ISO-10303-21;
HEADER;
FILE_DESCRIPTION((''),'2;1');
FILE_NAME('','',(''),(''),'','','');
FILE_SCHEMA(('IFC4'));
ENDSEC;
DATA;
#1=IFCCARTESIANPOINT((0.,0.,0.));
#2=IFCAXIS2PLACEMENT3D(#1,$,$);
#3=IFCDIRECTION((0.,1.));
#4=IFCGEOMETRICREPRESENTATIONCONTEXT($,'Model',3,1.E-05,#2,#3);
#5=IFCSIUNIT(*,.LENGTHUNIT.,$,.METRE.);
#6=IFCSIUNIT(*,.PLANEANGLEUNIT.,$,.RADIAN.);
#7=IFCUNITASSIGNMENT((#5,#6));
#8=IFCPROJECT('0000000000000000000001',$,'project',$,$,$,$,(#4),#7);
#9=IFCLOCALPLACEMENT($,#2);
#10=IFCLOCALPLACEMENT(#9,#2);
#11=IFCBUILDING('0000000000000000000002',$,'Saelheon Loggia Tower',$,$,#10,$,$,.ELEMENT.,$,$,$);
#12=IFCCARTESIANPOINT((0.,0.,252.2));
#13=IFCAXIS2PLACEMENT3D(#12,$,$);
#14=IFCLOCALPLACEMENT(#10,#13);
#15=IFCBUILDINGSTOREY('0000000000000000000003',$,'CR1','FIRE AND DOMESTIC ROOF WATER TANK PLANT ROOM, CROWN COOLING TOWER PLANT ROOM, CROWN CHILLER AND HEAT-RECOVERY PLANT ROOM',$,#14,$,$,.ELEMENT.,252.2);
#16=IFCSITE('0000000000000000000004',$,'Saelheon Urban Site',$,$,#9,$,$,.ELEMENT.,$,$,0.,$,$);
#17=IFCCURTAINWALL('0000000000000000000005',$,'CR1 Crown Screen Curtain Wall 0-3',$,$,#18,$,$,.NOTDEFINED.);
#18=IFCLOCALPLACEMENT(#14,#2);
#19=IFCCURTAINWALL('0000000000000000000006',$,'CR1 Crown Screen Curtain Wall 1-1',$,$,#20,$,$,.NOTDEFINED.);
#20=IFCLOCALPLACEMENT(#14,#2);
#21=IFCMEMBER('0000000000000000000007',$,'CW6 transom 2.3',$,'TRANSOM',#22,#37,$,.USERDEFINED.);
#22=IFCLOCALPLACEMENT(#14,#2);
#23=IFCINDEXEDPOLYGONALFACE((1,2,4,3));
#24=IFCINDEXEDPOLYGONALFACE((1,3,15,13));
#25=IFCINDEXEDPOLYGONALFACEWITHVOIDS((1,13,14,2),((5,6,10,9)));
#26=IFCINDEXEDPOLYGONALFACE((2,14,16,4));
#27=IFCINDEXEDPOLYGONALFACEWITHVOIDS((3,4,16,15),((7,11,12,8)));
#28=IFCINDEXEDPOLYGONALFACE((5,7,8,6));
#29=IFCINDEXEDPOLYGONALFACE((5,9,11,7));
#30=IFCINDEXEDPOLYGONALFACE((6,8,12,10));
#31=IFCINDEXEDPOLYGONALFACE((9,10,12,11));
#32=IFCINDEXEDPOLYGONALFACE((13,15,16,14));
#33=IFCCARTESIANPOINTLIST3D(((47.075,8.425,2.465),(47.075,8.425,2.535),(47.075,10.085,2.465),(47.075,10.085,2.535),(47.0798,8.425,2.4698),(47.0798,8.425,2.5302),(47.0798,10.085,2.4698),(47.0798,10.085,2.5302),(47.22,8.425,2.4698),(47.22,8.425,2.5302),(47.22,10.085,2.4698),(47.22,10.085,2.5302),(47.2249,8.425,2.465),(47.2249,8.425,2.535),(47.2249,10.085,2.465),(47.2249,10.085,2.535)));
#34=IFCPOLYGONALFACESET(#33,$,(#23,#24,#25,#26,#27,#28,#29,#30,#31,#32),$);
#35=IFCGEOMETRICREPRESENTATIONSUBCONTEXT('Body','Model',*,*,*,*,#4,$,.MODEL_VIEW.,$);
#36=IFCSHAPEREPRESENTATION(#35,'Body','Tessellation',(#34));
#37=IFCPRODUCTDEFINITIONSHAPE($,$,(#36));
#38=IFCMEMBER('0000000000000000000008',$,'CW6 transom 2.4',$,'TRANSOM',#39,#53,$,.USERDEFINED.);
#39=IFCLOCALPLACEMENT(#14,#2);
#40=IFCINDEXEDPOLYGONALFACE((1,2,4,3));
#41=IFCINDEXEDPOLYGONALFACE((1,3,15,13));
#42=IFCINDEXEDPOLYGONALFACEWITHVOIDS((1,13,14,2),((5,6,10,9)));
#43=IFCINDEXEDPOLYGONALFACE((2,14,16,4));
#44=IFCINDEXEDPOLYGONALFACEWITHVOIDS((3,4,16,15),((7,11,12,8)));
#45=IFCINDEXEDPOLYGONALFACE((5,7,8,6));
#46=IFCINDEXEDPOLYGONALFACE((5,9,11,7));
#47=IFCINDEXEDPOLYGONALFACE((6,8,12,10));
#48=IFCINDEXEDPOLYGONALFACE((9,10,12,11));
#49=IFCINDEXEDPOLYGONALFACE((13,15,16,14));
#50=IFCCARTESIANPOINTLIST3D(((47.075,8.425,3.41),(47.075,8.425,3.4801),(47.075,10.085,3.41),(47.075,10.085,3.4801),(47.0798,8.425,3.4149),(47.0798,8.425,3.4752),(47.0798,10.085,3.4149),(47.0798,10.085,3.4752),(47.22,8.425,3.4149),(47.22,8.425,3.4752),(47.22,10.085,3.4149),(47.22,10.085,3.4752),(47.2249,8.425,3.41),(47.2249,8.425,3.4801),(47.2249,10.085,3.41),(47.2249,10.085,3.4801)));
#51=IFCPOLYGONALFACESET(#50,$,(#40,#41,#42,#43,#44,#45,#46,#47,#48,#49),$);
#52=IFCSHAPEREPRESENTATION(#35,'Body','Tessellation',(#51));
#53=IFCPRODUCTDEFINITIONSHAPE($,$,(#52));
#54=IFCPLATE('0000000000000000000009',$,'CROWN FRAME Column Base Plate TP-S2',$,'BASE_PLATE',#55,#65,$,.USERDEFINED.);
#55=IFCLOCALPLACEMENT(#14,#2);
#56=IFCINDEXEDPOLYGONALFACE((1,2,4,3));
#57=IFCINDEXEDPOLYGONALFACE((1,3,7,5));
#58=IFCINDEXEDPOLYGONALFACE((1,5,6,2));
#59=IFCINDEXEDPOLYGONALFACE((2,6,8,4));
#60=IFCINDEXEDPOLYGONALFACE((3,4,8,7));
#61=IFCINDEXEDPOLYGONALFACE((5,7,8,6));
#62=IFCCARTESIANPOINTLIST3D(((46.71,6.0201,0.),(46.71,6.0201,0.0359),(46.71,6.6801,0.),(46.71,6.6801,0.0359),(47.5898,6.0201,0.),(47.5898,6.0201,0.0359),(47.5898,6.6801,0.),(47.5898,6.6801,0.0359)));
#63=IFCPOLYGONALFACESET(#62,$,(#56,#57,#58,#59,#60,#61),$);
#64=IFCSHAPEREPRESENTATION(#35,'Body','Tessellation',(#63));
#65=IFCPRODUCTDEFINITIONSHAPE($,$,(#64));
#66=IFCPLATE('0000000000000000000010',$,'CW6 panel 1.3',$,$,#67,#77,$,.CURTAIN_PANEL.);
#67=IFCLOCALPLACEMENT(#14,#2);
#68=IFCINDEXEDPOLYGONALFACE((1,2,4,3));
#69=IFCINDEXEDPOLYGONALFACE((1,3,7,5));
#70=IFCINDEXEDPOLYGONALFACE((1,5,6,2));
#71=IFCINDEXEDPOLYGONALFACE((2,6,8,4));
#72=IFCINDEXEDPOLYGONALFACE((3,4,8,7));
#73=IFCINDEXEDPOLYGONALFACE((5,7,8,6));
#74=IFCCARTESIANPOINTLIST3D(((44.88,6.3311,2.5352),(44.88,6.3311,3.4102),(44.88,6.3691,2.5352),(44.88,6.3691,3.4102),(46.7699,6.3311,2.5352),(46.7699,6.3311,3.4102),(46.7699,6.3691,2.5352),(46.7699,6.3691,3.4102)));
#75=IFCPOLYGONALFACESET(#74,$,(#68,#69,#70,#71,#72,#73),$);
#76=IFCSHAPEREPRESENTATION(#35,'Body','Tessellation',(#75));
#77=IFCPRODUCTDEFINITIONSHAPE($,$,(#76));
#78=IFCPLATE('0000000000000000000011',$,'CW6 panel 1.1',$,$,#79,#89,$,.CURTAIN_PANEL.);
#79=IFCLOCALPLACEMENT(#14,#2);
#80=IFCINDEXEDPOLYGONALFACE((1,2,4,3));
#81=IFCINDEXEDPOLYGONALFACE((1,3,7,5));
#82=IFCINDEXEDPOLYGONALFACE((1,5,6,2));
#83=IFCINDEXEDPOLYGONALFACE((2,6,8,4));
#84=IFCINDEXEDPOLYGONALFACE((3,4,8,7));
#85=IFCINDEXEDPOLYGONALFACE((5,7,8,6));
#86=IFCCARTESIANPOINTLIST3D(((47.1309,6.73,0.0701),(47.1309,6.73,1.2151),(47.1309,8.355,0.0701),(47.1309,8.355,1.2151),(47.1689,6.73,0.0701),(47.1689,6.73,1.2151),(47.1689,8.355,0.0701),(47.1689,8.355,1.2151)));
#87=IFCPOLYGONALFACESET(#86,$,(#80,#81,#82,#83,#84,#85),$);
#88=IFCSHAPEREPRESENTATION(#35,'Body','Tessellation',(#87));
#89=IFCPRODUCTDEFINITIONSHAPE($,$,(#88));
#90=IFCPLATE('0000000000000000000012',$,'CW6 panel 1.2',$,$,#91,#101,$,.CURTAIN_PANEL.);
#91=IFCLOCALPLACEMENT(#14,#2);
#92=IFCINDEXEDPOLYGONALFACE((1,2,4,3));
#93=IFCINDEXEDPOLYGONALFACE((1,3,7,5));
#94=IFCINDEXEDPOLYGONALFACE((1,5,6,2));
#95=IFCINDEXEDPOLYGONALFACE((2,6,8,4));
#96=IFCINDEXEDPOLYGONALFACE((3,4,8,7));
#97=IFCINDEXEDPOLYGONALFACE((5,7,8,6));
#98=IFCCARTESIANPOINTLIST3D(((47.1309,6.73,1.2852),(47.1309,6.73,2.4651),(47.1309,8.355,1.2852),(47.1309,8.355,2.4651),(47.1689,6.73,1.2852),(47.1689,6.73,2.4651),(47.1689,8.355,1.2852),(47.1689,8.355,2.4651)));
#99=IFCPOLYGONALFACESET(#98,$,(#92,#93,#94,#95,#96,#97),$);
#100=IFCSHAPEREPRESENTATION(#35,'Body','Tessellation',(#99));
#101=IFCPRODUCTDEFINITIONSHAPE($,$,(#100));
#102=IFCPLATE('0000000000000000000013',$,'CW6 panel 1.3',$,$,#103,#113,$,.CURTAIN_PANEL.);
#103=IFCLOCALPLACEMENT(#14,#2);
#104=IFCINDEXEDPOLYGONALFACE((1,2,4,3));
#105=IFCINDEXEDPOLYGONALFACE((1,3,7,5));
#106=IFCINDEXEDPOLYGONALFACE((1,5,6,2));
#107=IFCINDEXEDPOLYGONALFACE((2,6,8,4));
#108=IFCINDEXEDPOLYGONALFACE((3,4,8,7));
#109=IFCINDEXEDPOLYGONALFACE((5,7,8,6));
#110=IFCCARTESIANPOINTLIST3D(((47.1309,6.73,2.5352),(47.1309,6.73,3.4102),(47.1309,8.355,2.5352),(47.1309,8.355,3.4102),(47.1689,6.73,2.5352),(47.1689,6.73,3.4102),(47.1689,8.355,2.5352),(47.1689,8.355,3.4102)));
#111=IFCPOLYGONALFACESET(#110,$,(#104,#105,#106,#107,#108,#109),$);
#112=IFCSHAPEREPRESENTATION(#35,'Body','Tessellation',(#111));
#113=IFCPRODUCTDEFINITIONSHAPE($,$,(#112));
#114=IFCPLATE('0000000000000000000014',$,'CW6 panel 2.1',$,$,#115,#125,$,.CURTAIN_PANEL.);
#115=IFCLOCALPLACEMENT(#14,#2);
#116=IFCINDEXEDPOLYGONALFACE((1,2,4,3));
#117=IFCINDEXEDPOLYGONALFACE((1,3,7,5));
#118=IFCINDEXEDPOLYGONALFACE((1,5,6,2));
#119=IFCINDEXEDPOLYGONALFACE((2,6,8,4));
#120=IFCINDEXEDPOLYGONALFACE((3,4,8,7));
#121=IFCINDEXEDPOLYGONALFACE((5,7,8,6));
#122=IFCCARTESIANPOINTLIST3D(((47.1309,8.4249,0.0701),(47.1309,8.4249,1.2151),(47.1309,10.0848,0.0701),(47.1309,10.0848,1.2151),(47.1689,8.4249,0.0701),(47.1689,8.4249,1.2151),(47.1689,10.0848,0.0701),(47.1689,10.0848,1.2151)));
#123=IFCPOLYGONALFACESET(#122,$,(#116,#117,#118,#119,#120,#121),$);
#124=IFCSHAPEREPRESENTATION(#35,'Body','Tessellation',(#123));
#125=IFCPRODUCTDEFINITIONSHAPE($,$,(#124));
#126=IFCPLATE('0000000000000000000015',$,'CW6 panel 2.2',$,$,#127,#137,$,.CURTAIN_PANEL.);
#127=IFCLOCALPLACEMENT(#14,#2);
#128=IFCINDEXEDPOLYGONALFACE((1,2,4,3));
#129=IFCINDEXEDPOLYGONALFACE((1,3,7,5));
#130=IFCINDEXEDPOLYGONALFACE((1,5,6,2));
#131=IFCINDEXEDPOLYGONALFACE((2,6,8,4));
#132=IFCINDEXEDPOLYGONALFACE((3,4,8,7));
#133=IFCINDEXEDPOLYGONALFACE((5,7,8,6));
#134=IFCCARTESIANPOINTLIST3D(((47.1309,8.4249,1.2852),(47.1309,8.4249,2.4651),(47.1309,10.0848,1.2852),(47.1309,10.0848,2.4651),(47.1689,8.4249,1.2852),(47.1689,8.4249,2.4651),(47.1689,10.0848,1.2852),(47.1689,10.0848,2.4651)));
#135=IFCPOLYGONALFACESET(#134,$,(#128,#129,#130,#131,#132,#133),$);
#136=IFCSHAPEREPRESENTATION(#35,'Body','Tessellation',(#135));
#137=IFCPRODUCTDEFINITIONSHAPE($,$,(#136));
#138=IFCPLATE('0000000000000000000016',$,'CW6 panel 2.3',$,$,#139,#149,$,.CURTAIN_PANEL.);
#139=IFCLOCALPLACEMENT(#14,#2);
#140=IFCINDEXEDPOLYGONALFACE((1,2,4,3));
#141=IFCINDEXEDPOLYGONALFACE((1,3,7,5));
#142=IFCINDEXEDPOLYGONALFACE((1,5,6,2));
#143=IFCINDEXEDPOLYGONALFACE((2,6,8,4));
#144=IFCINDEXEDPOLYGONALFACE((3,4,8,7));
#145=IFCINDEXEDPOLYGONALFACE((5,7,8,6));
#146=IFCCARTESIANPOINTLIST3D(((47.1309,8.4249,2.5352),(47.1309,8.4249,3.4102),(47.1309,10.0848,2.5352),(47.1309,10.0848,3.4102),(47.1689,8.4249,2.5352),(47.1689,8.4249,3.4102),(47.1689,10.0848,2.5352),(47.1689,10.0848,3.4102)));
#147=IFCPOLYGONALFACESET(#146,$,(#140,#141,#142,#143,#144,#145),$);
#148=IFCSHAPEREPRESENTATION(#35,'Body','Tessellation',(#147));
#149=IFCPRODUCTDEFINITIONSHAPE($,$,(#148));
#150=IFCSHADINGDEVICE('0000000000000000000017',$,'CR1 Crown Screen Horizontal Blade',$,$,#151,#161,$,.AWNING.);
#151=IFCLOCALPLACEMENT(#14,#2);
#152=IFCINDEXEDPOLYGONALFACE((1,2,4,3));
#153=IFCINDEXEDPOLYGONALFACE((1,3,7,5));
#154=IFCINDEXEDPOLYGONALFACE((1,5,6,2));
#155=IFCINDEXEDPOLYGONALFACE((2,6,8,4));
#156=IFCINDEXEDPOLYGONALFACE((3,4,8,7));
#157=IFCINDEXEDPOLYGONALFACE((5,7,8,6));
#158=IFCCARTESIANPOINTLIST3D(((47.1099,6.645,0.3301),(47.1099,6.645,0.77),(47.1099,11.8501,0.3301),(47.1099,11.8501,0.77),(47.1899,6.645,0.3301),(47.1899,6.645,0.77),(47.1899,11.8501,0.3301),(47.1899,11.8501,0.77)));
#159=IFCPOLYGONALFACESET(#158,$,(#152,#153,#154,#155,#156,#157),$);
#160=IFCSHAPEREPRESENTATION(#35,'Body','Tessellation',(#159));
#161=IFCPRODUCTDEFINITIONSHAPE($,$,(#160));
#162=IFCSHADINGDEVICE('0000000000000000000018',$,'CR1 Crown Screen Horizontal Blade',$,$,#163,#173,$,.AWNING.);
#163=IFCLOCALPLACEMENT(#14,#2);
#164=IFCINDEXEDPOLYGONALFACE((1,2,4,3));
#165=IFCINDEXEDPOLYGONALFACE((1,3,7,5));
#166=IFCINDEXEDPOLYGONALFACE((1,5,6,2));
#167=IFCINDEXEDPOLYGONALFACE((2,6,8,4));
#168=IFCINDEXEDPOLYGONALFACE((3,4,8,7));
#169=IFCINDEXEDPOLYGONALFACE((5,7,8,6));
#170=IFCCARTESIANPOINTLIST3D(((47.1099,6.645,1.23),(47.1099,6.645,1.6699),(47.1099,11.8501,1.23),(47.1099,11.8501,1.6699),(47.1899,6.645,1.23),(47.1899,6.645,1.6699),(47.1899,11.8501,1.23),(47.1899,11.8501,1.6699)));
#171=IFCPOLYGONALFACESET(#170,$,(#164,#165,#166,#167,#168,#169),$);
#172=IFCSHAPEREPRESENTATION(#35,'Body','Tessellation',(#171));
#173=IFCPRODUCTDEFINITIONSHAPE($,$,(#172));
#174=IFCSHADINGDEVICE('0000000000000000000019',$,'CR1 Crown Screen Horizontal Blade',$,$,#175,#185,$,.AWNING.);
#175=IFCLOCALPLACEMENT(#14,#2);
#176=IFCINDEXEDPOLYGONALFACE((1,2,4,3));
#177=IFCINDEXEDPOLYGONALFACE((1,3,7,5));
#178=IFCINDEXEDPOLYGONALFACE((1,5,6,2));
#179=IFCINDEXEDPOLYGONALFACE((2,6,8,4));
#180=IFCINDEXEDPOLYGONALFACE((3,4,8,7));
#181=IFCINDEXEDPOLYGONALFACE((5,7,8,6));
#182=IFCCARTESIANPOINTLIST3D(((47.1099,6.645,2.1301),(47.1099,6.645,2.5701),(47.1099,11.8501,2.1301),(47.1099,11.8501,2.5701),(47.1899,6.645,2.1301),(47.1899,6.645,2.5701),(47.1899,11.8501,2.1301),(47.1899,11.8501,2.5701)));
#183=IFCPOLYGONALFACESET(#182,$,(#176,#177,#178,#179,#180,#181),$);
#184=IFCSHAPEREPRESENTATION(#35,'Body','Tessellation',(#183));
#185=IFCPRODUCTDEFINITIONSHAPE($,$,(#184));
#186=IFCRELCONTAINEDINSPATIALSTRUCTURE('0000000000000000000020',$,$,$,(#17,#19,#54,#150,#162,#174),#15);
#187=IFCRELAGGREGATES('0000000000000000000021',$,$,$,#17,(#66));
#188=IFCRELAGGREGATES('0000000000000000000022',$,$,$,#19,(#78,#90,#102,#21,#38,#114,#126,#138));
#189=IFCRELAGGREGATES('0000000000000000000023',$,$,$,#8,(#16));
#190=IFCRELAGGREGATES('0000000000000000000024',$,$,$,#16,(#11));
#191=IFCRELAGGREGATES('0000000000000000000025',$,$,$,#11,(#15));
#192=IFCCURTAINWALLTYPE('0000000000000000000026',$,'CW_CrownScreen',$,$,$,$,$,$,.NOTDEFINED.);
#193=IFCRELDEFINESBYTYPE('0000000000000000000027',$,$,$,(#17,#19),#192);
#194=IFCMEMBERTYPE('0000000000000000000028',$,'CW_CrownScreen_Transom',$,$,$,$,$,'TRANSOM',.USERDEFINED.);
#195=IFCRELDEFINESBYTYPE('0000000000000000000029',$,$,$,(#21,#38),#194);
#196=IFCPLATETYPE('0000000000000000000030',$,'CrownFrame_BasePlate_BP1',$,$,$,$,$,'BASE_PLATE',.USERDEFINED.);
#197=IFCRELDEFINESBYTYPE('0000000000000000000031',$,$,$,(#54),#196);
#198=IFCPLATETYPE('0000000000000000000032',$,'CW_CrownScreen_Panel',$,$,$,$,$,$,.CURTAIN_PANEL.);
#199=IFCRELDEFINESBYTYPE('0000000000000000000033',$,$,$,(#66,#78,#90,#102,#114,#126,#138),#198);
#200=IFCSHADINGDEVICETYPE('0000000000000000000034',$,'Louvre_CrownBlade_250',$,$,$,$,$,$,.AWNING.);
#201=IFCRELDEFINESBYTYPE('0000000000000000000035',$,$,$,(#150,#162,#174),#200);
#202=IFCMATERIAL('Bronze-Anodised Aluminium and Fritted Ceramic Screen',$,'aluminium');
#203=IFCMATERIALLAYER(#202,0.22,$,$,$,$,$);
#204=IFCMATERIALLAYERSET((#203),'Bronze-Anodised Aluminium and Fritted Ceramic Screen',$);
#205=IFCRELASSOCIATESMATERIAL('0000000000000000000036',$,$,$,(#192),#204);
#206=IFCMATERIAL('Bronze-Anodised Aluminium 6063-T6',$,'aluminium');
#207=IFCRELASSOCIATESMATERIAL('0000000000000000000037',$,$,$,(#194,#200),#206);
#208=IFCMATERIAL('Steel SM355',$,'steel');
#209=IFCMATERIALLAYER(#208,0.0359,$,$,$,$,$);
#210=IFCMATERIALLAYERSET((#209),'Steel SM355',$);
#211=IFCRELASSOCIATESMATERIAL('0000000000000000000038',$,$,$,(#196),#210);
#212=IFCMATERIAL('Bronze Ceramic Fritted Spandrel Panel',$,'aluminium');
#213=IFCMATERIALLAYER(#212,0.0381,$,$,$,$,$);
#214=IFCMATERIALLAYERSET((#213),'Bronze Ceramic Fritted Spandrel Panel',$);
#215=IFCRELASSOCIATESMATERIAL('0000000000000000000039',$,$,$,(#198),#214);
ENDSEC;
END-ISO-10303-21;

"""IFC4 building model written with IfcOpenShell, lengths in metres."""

from ifc_helpers import new_model, si_unit, direction, frame, origin, origin_2d, place, context, subcontext, project, spatial, rectangle, hollow_rectangle, extrude, source, transform, mapped, material, layer, layer_set, material_profile, profile_set, type_object, element, aggregate, save


model = new_model("IFC4")

# Units and contexts
model_context = context("Model", 3, precision=1e-05, world=origin(), true_north=direction((0.0, 1.0)))
body_context = subcontext(model_context, "Body", "Model", "MODEL_VIEW")
ifc_project = project(units=[si_unit("LENGTHUNIT", "METRE"), si_unit("PLANEANGLEUNIT", "RADIAN")], contexts=[model_context])

# Site, building, storey
site_placement = place(None, origin())
site = spatial("IfcSite", under=ifc_project, at=site_placement, Name="Saelheon Urban Site", CompositionType="ELEMENT", RefElevation=0.0)
building_placement = place(site_placement, origin())
building = spatial("IfcBuilding", under=site, at=building_placement, Name="Saelheon Loggia Tower", CompositionType="ELEMENT")
storey_placement = place(building_placement, frame((0.0, 0.0, 252.2)))
storey = spatial("IfcBuildingStorey", under=building, at=storey_placement, Name="CR1", Description="FIRE AND DOMESTIC ROOF WATER TANK PLANT ROOM, CROWN COOLING TOWER PLANT ROOM, CROWN CHILLER AND HEAT-RECOVERY PLANT ROOM", CompositionType="ELEMENT", Elevation=252.2)

# Curtain wall
ifc_material_1 = material(Name="Bronze-Anodised Aluminium and Fritted Ceramic Screen", Category="aluminium")
ifc_layer_1 = layer(ifc_material_1, 0.22)
ifc_layer_set_1 = layer_set([ifc_layer_1], Name="Bronze-Anodised Aluminium and Fritted Ceramic Screen")
curtain_wall_type = type_object("IfcCurtainWallType", Name="CW_CrownScreen", PredefinedType="NOTDEFINED", material=ifc_layer_set_1)
curtain_wall_1_placement = place(storey_placement, origin())
curtain_wall_1 = element("IfcCurtainWall", 1, at=curtain_wall_1_placement, inside=storey, type_object=curtain_wall_type, Name="CR1 Crown Screen Curtain Wall 0-3", PredefinedType="NOTDEFINED")
ifc_material_2 = material(Name="Bronze-Anodised Aluminium 6063-T6", Category="aluminium")

# Curtain wall, members
curtain_wall_2_placement = place(storey_placement, origin())
curtain_wall_2 = element("IfcCurtainWall", 2, at=curtain_wall_2_placement, inside=storey, type_object=curtain_wall_type, Name="CR1 Crown Screen Curtain Wall 1-1", PredefinedType="NOTDEFINED")
ifc_material_profile_1 = material_profile(ifc_material_2, hollow_rectangle(XDim=0.0701, YDim=0.1499, WallThickness=0.0049, at=origin_2d()), Name="RHS-150x70x5")
ifc_profile_set_1 = profile_set([ifc_material_profile_1], Name="Bronze-Anodised Aluminium 6063-T6")
member_type_1 = type_object("IfcMemberType", Name="CW_CrownScreen_Transom", ElementType="TRANSOM", PredefinedType="USERDEFINED", material=ifc_profile_set_1)
shared_shape_1 = source(origin(), body_context, "Body", "SweptSolid", [
    extrude(hollow_rectangle(XDim=0.0701, YDim=0.1499, WallThickness=0.0049, at=origin_2d()), origin(), (0.0, 0.0, 1.0), 1.6599),
])
member_1_placement = place(storey_placement, frame((47.1499, 8.425, 2.5), z_axis=(0.0, 1.0, 0.0), x_axis=(0.0, 0.0, 1.0)))
member_1 = element("IfcMember", 3, at=member_1_placement, type_object=member_type_1, Name="CW6 transom 2.3", ObjectType="TRANSOM", PredefinedType="USERDEFINED", context=body_context, shape_type="MappedRepresentation", body=[
    mapped(shared_shape_1, transform((0.0, 0.0, 0.0), scale=1.0)),
])
member_2_placement = place(storey_placement, frame((47.1499, 8.425, 3.4451), z_axis=(0.0, 1.0, 0.0), x_axis=(0.0, 0.0, 1.0)))
member_2 = element("IfcMember", 4, at=member_2_placement, type_object=member_type_1, Name="CW6 transom 2.4", ObjectType="TRANSOM", PredefinedType="USERDEFINED", context=body_context, shape_type="MappedRepresentation", body=[
    mapped(shared_shape_1, transform((0.0, 0.0, 0.0), scale=1.0)),
])

# Plates
ifc_material_3 = material(Name="Steel SM355", Category="steel")
ifc_layer_2 = layer(ifc_material_3, 0.0359)
ifc_layer_set_2 = layer_set([ifc_layer_2], Name="Steel SM355")
plate_type_1 = type_object("IfcPlateType", Name="CrownFrame_BasePlate_BP1", ElementType="BASE_PLATE", PredefinedType="USERDEFINED", material=ifc_layer_set_2)
shared_shape_2 = source(origin(), body_context, "Body", "SweptSolid", [
    extrude(rectangle(XDim=0.8799, YDim=0.6599, at=origin_2d()), origin(), (0.0, 0.0, 1.0), 0.0359),
])
plate_1_placement = place(storey_placement, frame((47.1499, 6.3501, 0.0), z_axis=(0.0, 0.0, 1.0), x_axis=(1.0, 0.0, 0.0)))
element("IfcPlate", 5, at=plate_1_placement, inside=storey, type_object=plate_type_1, Name="CROWN FRAME Column Base Plate TP-S2", ObjectType="BASE_PLATE", PredefinedType="USERDEFINED", context=body_context, shape_type="MappedRepresentation", body=[
    mapped(shared_shape_2, transform((0.0, 0.0, 0.0), scale=1.0)),
])
ifc_material_4 = material(Name="Bronze Ceramic Fritted Spandrel Panel", Category="aluminium")
ifc_layer_3 = layer(ifc_material_4, 0.0381)
ifc_layer_set_3 = layer_set([ifc_layer_3], Name="Bronze Ceramic Fritted Spandrel Panel")
plate_type_2 = type_object("IfcPlateType", Name="CW_CrownScreen_Panel", PredefinedType="CURTAIN_PANEL", material=ifc_layer_set_3)
shared_shape_3 = source(origin(), body_context, "Body", "SweptSolid", [
    extrude(rectangle(XDim=1.8899, YDim=0.0381, at=origin_2d()), origin(), (0.0, 0.0, 1.0), 0.875),
])
plate_2_placement = place(storey_placement, frame((45.825, 6.3501, 2.5352), z_axis=(0.0, 0.0, 1.0), x_axis=(1.0, 0.0, 0.0)))
plate_2 = element("IfcPlate", 6, at=plate_2_placement, type_object=plate_type_2, Name="CW6 panel 1.3", PredefinedType="CURTAIN_PANEL", context=body_context, shape_type="MappedRepresentation", body=[
    mapped(shared_shape_3, transform((0.0, 0.0, 0.0), scale=1.0)),
])
aggregate(curtain_wall_1, [plate_2])
shared_shape_4 = source(origin(), body_context, "Body", "SweptSolid", [
    extrude(rectangle(XDim=1.625, YDim=0.0381, at=origin_2d()), origin(), (0.0, 0.0, 1.0), 1.145),
])
plate_3_placement = place(storey_placement, frame((47.1499, 7.5425, 0.0701), z_axis=(0.0, 0.0, 1.0), x_axis=(0.0, 1.0, 0.0)))
plate_3 = element("IfcPlate", 7, at=plate_3_placement, type_object=plate_type_2, Name="CW6 panel 1.1", PredefinedType="CURTAIN_PANEL", context=body_context, shape_type="MappedRepresentation", body=[
    mapped(shared_shape_4, transform((0.0, 0.0, 0.0), scale=1.0)),
])
shared_shape_5 = source(origin(), body_context, "Body", "SweptSolid", [
    extrude(rectangle(XDim=1.625, YDim=0.0381, at=origin_2d()), origin(), (0.0, 0.0, 1.0), 1.1799),
])
plate_4_placement = place(storey_placement, frame((47.1499, 7.5425, 1.2852), z_axis=(0.0, 0.0, 1.0), x_axis=(0.0, 1.0, 0.0)))
plate_4 = element("IfcPlate", 8, at=plate_4_placement, type_object=plate_type_2, Name="CW6 panel 1.2", PredefinedType="CURTAIN_PANEL", context=body_context, shape_type="MappedRepresentation", body=[
    mapped(shared_shape_5, transform((0.0, 0.0, 0.0), scale=1.0)),
])
shared_shape_6 = source(origin(), body_context, "Body", "SweptSolid", [
    extrude(rectangle(XDim=1.625, YDim=0.0381, at=origin_2d()), origin(), (0.0, 0.0, 1.0), 0.875),
])
plate_5_placement = place(storey_placement, frame((47.1499, 7.5425, 2.5352), z_axis=(0.0, 0.0, 1.0), x_axis=(0.0, 1.0, 0.0)))
plate_5 = element("IfcPlate", 9, at=plate_5_placement, type_object=plate_type_2, Name="CW6 panel 1.3", PredefinedType="CURTAIN_PANEL", context=body_context, shape_type="MappedRepresentation", body=[
    mapped(shared_shape_6, transform((0.0, 0.0, 0.0), scale=1.0)),
])
shared_shape_7 = source(origin(), body_context, "Body", "SweptSolid", [
    extrude(rectangle(XDim=1.6599, YDim=0.0381, at=origin_2d()), origin(), (0.0, 0.0, 1.0), 1.145),
])
plate_6_placement = place(storey_placement, frame((47.1499, 9.2549, 0.0701), z_axis=(0.0, 0.0, 1.0), x_axis=(0.0, 1.0, 0.0)))
plate_6 = element("IfcPlate", 10, at=plate_6_placement, type_object=plate_type_2, Name="CW6 panel 2.1", PredefinedType="CURTAIN_PANEL", context=body_context, shape_type="MappedRepresentation", body=[
    mapped(shared_shape_7, transform((0.0, 0.0, 0.0), scale=1.0)),
])
shared_shape_8 = source(origin(), body_context, "Body", "SweptSolid", [
    extrude(rectangle(XDim=1.6599, YDim=0.0381, at=origin_2d()), origin(), (0.0, 0.0, 1.0), 1.1799),
])
plate_7_placement = place(storey_placement, frame((47.1499, 9.2549, 1.2852), z_axis=(0.0, 0.0, 1.0), x_axis=(0.0, 1.0, 0.0)))
plate_7 = element("IfcPlate", 11, at=plate_7_placement, type_object=plate_type_2, Name="CW6 panel 2.2", PredefinedType="CURTAIN_PANEL", context=body_context, shape_type="MappedRepresentation", body=[
    mapped(shared_shape_8, transform((0.0, 0.0, 0.0), scale=1.0)),
])
shared_shape_9 = source(origin(), body_context, "Body", "SweptSolid", [
    extrude(rectangle(XDim=1.6599, YDim=0.0381, at=origin_2d()), origin(), (0.0, 0.0, 1.0), 0.875),
])
plate_8_placement = place(storey_placement, frame((47.1499, 9.2549, 2.5352), z_axis=(0.0, 0.0, 1.0), x_axis=(0.0, 1.0, 0.0)))
plate_8 = element("IfcPlate", 12, at=plate_8_placement, type_object=plate_type_2, Name="CW6 panel 2.3", PredefinedType="CURTAIN_PANEL", context=body_context, shape_type="MappedRepresentation", body=[
    mapped(shared_shape_9, transform((0.0, 0.0, 0.0), scale=1.0)),
])
aggregate(curtain_wall_2, [plate_3, plate_4, plate_5, member_1, member_2, plate_6, plate_7, plate_8])

# Shading devices
ifc_material_profile_2 = material_profile(ifc_material_2, rectangle(XDim=0.0801, YDim=0.4399, at=origin_2d()), Name="Louvre_CrownBlade_250")
ifc_profile_set_2 = profile_set([ifc_material_profile_2], Name="Bronze-Anodised Aluminium 6063-T6")
shading_device_type = type_object("IfcShadingDeviceType", Name="Louvre_CrownBlade_250", PredefinedType="AWNING", material=ifc_profile_set_2)
shared_shape_10 = source(origin(), body_context, "Body", "SweptSolid", [
    extrude(rectangle(XDim=0.0801, YDim=0.4399, at=origin_2d()), origin(), (0.0, 0.0, 1.0), 5.2051),
])
for number, where, z_axis, x_axis, name in (
    (13, (47.1499, 6.645, 0.55), (0.0, 1.0, 0.0), (-1.0, 0.0, 0.0), "CR1 Crown Screen Horizontal Blade"),
    (14, (47.1499, 6.645, 1.45), (0.0, 1.0, 0.0), (-1.0, 0.0, 0.0), "CR1 Crown Screen Horizontal Blade"),
    (15, (47.1499, 6.645, 2.3501), (0.0, 1.0, 0.0), (-1.0, 0.0, 0.0), "CR1 Crown Screen Horizontal Blade"),
):
    element("IfcShadingDevice", number, at=place(storey_placement, frame(where, z_axis=z_axis, x_axis=x_axis)), inside=storey, type_object=shading_device_type, Name=name, PredefinedType="AWNING", context=body_context, shape_type="MappedRepresentation", body=[
        mapped(shared_shape_10, transform((0.0, 0.0, 0.0), scale=1.0)),
    ])

save(model, "model.ifc")
